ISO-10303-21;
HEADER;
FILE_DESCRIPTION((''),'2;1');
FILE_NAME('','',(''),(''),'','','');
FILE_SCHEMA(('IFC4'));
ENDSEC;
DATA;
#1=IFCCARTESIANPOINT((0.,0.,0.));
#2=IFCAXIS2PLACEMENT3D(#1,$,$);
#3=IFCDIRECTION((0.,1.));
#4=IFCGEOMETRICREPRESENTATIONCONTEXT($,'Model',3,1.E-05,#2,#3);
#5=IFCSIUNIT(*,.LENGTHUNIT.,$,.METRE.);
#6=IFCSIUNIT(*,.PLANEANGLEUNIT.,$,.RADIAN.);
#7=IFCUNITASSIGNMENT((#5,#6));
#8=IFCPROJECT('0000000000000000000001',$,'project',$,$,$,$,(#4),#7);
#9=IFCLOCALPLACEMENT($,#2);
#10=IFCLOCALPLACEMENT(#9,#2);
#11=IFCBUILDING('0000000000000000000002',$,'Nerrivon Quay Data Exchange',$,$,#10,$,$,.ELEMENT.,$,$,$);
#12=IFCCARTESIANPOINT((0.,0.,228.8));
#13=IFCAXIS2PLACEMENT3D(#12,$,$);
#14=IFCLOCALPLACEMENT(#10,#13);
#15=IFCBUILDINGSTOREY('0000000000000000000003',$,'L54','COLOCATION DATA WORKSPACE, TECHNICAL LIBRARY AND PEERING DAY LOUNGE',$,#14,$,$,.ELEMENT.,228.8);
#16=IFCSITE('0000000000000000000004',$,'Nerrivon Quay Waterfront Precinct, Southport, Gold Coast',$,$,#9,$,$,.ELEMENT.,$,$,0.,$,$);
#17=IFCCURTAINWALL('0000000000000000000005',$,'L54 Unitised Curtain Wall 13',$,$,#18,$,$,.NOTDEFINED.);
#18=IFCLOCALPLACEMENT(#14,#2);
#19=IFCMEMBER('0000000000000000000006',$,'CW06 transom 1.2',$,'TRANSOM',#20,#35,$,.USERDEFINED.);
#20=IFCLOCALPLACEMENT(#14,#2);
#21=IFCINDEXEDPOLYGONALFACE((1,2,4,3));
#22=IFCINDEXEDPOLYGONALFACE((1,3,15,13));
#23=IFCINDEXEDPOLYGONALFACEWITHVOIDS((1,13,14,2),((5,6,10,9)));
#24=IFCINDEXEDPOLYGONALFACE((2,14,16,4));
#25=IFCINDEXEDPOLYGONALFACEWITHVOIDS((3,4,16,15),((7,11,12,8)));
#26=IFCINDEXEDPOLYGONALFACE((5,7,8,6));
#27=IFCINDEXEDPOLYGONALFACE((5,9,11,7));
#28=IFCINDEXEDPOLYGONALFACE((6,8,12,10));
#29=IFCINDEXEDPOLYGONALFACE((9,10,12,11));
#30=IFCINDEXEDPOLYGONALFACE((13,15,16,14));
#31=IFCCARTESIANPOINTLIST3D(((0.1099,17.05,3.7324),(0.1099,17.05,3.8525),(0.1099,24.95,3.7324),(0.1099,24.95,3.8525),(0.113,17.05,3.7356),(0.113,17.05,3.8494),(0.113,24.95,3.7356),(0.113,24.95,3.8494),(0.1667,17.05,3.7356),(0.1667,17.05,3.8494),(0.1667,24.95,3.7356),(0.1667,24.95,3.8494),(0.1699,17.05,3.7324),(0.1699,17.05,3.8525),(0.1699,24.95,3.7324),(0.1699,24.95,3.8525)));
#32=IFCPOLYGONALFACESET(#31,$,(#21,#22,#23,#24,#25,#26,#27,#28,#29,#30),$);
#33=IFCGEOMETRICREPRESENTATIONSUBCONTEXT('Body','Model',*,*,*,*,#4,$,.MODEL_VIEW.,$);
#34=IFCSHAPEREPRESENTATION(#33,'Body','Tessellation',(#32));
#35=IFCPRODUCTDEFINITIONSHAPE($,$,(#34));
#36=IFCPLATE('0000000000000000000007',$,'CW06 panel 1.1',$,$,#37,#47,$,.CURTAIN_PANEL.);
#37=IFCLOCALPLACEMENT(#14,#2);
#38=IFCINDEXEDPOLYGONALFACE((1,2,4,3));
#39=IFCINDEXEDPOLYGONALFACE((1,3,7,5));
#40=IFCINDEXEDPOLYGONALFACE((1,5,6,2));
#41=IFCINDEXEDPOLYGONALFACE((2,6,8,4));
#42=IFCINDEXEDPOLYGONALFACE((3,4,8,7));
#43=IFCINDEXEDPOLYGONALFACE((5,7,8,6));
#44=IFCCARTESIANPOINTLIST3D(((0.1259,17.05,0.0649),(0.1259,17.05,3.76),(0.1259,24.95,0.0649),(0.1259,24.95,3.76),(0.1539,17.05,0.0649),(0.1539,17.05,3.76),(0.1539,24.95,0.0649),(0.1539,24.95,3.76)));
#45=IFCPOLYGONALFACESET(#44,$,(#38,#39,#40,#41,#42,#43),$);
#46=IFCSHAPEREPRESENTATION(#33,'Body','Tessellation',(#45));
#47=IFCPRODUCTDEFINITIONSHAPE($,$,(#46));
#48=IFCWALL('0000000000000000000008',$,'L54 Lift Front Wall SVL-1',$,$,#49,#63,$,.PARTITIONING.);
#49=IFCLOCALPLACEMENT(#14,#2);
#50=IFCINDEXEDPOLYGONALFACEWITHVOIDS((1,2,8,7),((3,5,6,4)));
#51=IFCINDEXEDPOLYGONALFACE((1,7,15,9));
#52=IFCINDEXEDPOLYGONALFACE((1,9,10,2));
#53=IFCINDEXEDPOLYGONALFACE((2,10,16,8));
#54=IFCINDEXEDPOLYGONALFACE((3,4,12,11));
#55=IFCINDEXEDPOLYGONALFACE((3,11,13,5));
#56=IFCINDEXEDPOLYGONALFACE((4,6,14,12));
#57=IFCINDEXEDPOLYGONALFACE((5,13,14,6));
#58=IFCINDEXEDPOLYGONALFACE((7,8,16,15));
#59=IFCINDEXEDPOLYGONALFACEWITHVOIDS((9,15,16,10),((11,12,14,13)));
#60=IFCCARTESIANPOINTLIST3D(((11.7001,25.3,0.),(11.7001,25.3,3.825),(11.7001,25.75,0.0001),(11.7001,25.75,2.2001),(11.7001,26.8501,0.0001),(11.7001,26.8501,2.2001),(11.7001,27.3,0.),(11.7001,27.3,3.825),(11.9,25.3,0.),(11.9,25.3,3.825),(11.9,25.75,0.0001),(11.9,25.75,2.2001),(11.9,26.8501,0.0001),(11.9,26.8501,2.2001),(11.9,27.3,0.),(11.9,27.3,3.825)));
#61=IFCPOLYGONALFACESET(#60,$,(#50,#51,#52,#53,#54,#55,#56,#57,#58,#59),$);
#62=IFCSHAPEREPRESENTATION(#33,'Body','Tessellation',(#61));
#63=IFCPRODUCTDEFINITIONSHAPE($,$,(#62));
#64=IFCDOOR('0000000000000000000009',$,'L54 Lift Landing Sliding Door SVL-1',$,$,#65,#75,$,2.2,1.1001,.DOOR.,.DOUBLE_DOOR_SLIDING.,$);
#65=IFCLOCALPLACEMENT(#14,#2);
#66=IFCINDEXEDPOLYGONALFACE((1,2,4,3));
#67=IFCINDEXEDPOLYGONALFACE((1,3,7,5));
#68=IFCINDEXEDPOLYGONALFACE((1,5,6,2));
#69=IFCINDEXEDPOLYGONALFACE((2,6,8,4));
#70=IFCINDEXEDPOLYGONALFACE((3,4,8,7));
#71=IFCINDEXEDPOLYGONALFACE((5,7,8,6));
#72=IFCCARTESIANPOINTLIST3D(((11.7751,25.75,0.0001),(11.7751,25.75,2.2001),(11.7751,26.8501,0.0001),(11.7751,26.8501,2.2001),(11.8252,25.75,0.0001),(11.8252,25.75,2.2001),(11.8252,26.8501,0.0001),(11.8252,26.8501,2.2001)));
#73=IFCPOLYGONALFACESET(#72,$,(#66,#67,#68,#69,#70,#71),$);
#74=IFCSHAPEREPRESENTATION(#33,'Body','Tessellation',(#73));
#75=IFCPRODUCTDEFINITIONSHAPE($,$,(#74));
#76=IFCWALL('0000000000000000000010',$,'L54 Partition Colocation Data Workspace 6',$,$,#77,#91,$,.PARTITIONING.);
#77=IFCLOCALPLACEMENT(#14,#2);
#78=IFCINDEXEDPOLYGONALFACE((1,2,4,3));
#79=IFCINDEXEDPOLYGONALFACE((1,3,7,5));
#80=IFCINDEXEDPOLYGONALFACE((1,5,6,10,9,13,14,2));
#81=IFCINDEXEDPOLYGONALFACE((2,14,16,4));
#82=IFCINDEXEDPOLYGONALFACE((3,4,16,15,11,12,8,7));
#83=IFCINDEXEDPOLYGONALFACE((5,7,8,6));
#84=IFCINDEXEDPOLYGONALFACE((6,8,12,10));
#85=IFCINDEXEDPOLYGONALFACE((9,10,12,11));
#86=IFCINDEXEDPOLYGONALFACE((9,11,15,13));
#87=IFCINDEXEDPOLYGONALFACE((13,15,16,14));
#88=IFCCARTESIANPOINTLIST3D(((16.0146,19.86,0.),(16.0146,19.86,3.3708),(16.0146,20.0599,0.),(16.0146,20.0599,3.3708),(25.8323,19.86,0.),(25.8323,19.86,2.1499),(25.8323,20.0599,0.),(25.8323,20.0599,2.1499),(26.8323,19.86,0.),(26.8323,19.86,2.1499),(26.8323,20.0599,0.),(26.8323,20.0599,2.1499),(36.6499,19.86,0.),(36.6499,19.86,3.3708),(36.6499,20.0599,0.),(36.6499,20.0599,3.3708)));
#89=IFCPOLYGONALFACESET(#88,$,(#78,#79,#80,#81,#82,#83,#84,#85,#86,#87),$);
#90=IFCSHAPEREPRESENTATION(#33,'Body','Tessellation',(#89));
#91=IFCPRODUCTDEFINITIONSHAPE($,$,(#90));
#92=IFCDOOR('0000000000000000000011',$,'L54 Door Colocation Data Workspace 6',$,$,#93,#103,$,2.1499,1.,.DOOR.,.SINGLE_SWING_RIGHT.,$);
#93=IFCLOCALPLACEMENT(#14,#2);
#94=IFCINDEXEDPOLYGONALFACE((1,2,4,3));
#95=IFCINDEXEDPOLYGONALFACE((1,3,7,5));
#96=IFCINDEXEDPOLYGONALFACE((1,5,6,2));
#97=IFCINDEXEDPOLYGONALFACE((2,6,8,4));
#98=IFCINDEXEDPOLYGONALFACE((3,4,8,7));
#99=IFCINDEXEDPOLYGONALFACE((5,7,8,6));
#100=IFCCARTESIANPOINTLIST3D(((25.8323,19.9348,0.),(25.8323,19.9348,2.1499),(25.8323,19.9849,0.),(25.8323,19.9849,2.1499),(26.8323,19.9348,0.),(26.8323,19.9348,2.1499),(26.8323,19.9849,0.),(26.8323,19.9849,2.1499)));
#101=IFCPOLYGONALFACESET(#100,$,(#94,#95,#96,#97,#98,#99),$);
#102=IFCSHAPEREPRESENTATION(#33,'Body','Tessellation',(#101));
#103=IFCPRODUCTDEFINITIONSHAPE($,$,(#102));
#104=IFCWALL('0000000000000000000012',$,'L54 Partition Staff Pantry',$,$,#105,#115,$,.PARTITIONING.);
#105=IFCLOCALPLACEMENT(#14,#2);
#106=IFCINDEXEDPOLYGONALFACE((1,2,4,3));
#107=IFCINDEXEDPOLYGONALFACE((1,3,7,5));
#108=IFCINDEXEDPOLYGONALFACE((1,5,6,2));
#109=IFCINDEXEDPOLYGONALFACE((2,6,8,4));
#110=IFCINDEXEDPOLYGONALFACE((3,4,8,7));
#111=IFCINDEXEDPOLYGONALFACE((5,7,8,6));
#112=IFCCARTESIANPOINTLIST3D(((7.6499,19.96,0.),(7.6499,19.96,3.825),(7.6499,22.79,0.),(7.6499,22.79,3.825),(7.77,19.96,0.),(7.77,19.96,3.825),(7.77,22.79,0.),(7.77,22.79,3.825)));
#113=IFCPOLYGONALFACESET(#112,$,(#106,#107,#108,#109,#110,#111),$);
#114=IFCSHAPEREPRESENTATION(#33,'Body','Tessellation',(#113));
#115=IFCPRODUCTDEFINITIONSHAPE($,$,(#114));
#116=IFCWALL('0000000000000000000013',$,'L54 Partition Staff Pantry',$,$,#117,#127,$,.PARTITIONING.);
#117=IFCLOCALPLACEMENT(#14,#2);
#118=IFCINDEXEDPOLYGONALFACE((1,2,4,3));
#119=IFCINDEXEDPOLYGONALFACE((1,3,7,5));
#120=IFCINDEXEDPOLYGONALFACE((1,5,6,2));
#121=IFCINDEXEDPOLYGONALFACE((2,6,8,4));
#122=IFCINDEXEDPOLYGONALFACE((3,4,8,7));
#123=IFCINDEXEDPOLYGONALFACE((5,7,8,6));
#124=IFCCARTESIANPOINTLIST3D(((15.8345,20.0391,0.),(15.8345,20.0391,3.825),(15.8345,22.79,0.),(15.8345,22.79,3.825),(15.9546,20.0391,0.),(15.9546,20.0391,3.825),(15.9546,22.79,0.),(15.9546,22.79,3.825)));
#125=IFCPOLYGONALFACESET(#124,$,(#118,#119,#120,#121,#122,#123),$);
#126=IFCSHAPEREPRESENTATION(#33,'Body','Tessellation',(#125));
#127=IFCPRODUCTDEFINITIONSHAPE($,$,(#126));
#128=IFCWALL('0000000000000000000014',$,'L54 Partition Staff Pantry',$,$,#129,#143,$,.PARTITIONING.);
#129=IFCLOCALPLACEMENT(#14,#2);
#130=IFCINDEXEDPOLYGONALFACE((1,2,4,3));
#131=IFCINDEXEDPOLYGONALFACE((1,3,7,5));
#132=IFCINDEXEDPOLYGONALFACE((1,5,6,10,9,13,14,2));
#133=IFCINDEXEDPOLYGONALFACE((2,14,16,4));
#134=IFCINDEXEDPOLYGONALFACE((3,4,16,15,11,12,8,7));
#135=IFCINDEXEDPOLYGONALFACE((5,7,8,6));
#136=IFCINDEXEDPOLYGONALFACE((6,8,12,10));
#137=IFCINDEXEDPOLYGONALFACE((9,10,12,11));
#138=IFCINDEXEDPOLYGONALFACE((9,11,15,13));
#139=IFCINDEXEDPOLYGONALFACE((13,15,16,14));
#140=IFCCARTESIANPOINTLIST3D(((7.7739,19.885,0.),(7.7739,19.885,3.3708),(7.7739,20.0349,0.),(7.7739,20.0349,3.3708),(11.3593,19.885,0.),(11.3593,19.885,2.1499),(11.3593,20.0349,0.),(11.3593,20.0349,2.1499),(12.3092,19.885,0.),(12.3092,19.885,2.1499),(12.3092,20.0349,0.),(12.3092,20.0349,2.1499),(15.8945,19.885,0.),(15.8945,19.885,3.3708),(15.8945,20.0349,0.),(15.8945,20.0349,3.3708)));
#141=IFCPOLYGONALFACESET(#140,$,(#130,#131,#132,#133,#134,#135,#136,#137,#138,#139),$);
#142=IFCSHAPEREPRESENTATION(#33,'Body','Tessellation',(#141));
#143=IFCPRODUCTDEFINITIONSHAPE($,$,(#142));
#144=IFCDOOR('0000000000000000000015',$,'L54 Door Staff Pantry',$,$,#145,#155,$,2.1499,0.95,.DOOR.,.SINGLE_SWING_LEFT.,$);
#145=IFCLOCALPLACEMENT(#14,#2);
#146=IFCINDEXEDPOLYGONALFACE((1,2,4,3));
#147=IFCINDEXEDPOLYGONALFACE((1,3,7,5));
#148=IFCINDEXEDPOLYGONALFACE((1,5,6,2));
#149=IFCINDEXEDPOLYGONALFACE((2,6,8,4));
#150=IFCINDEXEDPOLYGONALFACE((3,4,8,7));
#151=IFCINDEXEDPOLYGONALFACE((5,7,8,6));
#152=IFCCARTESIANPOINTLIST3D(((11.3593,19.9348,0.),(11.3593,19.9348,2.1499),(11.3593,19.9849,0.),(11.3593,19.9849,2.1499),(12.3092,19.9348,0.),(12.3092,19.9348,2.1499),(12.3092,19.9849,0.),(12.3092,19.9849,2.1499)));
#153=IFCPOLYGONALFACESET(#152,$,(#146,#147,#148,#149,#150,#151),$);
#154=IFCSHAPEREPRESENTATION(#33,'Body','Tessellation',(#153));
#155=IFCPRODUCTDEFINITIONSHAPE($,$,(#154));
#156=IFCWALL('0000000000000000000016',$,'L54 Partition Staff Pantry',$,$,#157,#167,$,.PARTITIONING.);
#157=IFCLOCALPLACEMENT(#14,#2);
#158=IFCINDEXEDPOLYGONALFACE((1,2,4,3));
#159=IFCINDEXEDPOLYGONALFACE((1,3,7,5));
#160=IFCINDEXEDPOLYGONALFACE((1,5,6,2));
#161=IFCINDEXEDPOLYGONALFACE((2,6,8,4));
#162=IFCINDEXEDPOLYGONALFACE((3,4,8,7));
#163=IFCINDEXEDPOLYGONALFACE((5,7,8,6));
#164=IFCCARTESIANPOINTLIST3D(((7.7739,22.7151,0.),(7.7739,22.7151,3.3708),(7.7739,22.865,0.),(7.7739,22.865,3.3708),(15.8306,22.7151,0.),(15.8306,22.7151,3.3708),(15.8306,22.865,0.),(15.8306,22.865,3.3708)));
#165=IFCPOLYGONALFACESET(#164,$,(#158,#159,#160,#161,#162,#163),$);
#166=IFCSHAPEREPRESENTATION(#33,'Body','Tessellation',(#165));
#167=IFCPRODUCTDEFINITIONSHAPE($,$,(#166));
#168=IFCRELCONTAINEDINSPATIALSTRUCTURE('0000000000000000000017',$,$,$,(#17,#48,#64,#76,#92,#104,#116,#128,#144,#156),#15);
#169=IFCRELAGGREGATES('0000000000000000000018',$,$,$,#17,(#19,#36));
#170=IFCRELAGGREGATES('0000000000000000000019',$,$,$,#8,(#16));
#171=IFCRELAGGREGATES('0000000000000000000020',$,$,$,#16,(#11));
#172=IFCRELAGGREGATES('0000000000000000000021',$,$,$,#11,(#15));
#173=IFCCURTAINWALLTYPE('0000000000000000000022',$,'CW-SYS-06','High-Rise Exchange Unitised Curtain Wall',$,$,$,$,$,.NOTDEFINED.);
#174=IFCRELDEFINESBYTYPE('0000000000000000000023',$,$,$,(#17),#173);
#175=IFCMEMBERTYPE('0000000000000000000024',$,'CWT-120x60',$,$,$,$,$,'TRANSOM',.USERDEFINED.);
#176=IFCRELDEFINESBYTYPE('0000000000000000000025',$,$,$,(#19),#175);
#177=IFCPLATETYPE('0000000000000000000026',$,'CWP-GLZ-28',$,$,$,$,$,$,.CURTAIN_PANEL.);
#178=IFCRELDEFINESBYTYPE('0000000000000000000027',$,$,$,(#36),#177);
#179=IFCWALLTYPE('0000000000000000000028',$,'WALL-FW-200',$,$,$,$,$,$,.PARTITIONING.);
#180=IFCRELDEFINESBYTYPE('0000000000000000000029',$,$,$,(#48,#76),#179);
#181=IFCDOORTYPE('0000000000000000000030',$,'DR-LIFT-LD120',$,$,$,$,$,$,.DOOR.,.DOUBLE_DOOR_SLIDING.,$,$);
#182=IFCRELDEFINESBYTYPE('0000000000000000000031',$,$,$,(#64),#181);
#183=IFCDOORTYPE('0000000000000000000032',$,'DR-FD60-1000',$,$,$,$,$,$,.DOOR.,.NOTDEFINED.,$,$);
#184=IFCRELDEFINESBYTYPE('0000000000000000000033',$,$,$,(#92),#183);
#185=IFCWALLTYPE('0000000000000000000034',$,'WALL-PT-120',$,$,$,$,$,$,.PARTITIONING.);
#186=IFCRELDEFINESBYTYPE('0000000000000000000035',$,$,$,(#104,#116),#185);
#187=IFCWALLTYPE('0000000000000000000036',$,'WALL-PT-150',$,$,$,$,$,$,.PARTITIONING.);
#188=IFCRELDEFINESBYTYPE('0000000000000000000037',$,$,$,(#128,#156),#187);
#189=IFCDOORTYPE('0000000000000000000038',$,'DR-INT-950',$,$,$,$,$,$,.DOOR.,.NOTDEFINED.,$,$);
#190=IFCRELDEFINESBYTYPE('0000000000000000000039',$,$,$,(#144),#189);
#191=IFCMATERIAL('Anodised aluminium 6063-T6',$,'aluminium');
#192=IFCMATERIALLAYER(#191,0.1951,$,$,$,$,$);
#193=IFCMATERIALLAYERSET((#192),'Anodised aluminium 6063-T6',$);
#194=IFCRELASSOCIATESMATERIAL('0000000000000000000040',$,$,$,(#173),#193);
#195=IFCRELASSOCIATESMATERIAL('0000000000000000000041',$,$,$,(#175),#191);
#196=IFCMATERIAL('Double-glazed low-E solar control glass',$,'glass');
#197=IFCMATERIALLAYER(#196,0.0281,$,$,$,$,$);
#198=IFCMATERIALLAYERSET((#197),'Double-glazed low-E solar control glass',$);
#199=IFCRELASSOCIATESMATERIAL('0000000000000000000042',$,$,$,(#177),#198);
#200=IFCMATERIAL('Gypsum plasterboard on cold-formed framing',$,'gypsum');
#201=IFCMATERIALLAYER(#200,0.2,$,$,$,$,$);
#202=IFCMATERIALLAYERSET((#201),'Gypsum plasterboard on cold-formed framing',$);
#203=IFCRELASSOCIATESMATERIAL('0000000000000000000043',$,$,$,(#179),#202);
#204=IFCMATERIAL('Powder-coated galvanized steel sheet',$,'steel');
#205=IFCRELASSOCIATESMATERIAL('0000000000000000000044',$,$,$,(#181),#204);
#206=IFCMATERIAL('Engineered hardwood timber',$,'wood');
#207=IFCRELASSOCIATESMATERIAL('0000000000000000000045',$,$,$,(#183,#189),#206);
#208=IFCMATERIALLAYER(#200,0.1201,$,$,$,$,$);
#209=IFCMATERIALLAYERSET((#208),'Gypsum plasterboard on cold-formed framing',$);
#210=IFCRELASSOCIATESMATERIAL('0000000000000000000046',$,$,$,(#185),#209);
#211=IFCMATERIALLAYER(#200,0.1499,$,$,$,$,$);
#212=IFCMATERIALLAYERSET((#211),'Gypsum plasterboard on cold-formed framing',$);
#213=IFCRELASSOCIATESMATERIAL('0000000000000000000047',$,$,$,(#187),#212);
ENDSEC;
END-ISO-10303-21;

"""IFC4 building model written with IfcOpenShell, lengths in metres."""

from ifc_helpers import new_model, si_unit, direction, frame, frame_2d, origin, origin_2d, place, context, subcontext, project, spatial, rectangle, hollow_rectangle, extrude, material, layer, layer_set, material_profile, profile_set, type_object, element, fill, aggregate, save


model = new_model("IFC4")

# Units and contexts
model_context = context("Model", 3, precision=1e-05, world=origin(), true_north=direction((0.0, 1.0)))
body_context = subcontext(model_context, "Body", "Model", "MODEL_VIEW")
ifc_project = project(units=[si_unit("LENGTHUNIT", "METRE"), si_unit("PLANEANGLEUNIT", "RADIAN")], contexts=[model_context])

# Site, building, storey
site_placement = place(None, origin())
site = spatial("IfcSite", under=ifc_project, at=site_placement, Name="Nerrivon Quay Waterfront Precinct, Southport, Gold Coast", CompositionType="ELEMENT", RefElevation=0.0)
building_placement = place(site_placement, origin())
building = spatial("IfcBuilding", under=site, at=building_placement, Name="Nerrivon Quay Data Exchange", CompositionType="ELEMENT")
storey_placement = place(building_placement, frame((0.0, 0.0, 228.8)))
storey = spatial("IfcBuildingStorey", under=building, at=storey_placement, Name="L54", Description="COLOCATION DATA WORKSPACE, TECHNICAL LIBRARY AND PEERING DAY LOUNGE", CompositionType="ELEMENT", Elevation=228.8)

# Curtain wall, member, plate
ifc_material_1 = material(Name="Anodised aluminium 6063-T6", Category="aluminium")
ifc_layer_1 = layer(ifc_material_1, 0.1951)
ifc_layer_set_1 = layer_set([ifc_layer_1], Name="Anodised aluminium 6063-T6")
curtain_wall_type = type_object("IfcCurtainWallType", Name="CW-SYS-06", Description="High-Rise Exchange Unitised Curtain Wall", PredefinedType="NOTDEFINED", material=ifc_layer_set_1)
curtain_wall_placement = place(storey_placement, origin())
curtain_wall = element("IfcCurtainWall", 1, at=curtain_wall_placement, inside=storey, type_object=curtain_wall_type, Name="L54 Unitised Curtain Wall 13", PredefinedType="NOTDEFINED")
ifc_material_profile_1 = material_profile(ifc_material_1, hollow_rectangle(XDim=0.0601, YDim=0.1201, WallThickness=0.0032, at=origin_2d()), Name="ALU-TRAN-120x60")
ifc_profile_set_1 = profile_set([ifc_material_profile_1], Name="Anodised aluminium 6063-T6")
member_type_1 = type_object("IfcMemberType", Name="CWT-120x60", ElementType="TRANSOM", PredefinedType="USERDEFINED", material=ifc_profile_set_1)
member_1_placement = place(storey_placement, frame((0.1399, 17.05, 3.7925), z_axis=(0.0, 1.0, 0.0), x_axis=(-1.0, 0.0, 0.0)))
member_1 = element("IfcMember", 2, at=member_1_placement, type_object=member_type_1, Name="CW06 transom 1.2", ObjectType="TRANSOM", PredefinedType="USERDEFINED", context=body_context, shape_type="SweptSolid", body=[
    extrude(hollow_rectangle(XDim=0.0601, YDim=0.1201, WallThickness=0.0032, at=origin_2d()), origin(), (0.0, 0.0, 1.0), 7.8999),
])
ifc_material_2 = material(Name="Double-glazed low-E solar control glass", Category="glass")
ifc_layer_2 = layer(ifc_material_2, 0.0281)
ifc_layer_set_2 = layer_set([ifc_layer_2], Name="Double-glazed low-E solar control glass")
plate_type = type_object("IfcPlateType", Name="CWP-GLZ-28", PredefinedType="CURTAIN_PANEL", material=ifc_layer_set_2)
plate_placement = place(storey_placement, frame((0.1399, 21.0, 0.0649), z_axis=(0.0, 0.0, 1.0), x_axis=(0.0, 1.0, 0.0)))
plate = element("IfcPlate", 3, at=plate_placement, type_object=plate_type, Name="CW06 panel 1.1", PredefinedType="CURTAIN_PANEL", context=body_context, shape_type="SweptSolid", body=[
    extrude(rectangle(XDim=7.8999, YDim=0.0281, at=origin_2d()), origin(), (0.0, 0.0, 1.0), 3.6951),
])
aggregate(curtain_wall, [member_1, plate])

# Walls, openings, doors
ifc_material_3 = material(Name="Powder-coated galvanized steel sheet", Category="steel")
ifc_material_4 = material(Name="Gypsum plasterboard on cold-formed framing", Category="gypsum")
ifc_layer_3 = layer(ifc_material_4, 0.2)
ifc_layer_set_3 = layer_set([ifc_layer_3], Name="Gypsum plasterboard on cold-formed framing")
wall_type_1 = type_object("IfcWallType", Name="WALL-FW-200", PredefinedType="PARTITIONING", material=ifc_layer_set_3)
wall_1_placement = place(storey_placement, frame((11.8, 25.3, 0.0), z_axis=(0.0, 0.0, 1.0), x_axis=(0.0, 1.0, 0.0)))
wall_1 = element("IfcWall", 4, at=wall_1_placement, inside=storey, type_object=wall_type_1, Name="L54 Lift Front Wall SVL-1", PredefinedType="PARTITIONING", context=body_context, shape_type="SweptSolid", body=[
    extrude(rectangle(XDim=2.0, YDim=0.2, at=frame_2d((1.0, 0.0))), origin(), (0.0, 0.0, 1.0), 3.825),
])
opening_1_placement = place(wall_1_placement, frame((0.45, 0.0, 0.0)))
opening_1 = element("IfcOpeningElement", 5, at=opening_1_placement, cuts=wall_1, PredefinedType="OPENING", context=body_context, shape_type="SweptSolid", body=[
    extrude(rectangle(XDim=1.1001, YDim=2.2, at=frame_2d((0.55, 1.1001))), frame((0.0, 0.1099, 0.0), z_axis=(0.0, -1.0, 0.0), x_axis=(1.0, 0.0, 0.0)), (0.0, 0.0, 1.0), 0.22),
])
door_type_1 = type_object("IfcDoorType", Name="DR-LIFT-LD120", OperationType="DOUBLE_DOOR_SLIDING", PredefinedType="DOOR", material=ifc_material_3)
door_1_placement = place(opening_1_placement, origin())
door_1 = element("IfcDoor", 6, at=door_1_placement, inside=storey, type_object=door_type_1, Name="L54 Lift Landing Sliding Door SVL-1", OperationType="DOUBLE_DOOR_SLIDING", OverallHeight=2.2, OverallWidth=1.1001, PredefinedType="DOOR", context=body_context, shape_type="SweptSolid", body=[
    extrude(rectangle(XDim=1.1001, YDim=2.2, at=frame_2d((0.55, 1.1001))), frame((0.0, 0.0249, 0.0), z_axis=(0.0, -1.0, 0.0), x_axis=(1.0, 0.0, 0.0)), (0.0, 0.0, 1.0), 0.05),
])
fill(opening_1, door_1)
wall_2_placement = place(storey_placement, frame((16.0146, 19.96, 0.0), z_axis=(0.0, 0.0, 1.0), x_axis=(1.0, 0.0, 0.0)))
wall_2 = element("IfcWall", 7, at=wall_2_placement, inside=storey, type_object=wall_type_1, Name="L54 Partition Colocation Data Workspace 6", PredefinedType="PARTITIONING", context=body_context, shape_type="SweptSolid", body=[
    extrude(rectangle(XDim=20.6353, YDim=0.2, at=frame_2d((10.3176, 0.0))), origin(), (0.0, 0.0, 1.0), 3.3708),
])
opening_2_placement = place(wall_2_placement, frame((9.8176, 0.0, 0.0)))
opening_2 = element("IfcOpeningElement", 8, at=opening_2_placement, cuts=wall_2, PredefinedType="OPENING", context=body_context, shape_type="SweptSolid", body=[
    extrude(rectangle(XDim=1.0, YDim=2.1499, at=frame_2d((0.5, 1.075))), frame((0.0, 0.1099, 0.0), z_axis=(0.0, -1.0, 0.0), x_axis=(1.0, 0.0, 0.0)), (0.0, 0.0, 1.0), 0.22),
])
ifc_material_5 = material(Name="Engineered hardwood timber", Category="wood")
door_type_2 = type_object("IfcDoorType", Name="DR-FD60-1000", OperationType="NOTDEFINED", PredefinedType="DOOR", material=ifc_material_5)
door_2_placement = place(opening_2_placement, origin())
door_2 = element("IfcDoor", 9, at=door_2_placement, inside=storey, type_object=door_type_2, Name="L54 Door Colocation Data Workspace 6", OperationType="SINGLE_SWING_RIGHT", OverallHeight=2.1499, OverallWidth=1.0, PredefinedType="DOOR", context=body_context, shape_type="SweptSolid", body=[
    extrude(rectangle(XDim=1.0, YDim=2.1499, at=frame_2d((0.5, 1.075))), frame((0.0, 0.0249, 0.0), z_axis=(0.0, -1.0, 0.0), x_axis=(1.0, 0.0, 0.0)), (0.0, 0.0, 1.0), 0.05),
])
fill(opening_2, door_2)

# Walls
ifc_layer_4 = layer(ifc_material_4, 0.1201)
ifc_layer_set_4 = layer_set([ifc_layer_4], Name="Gypsum plasterboard on cold-formed framing")
wall_type_2 = type_object("IfcWallType", Name="WALL-PT-120", PredefinedType="PARTITIONING", material=ifc_layer_set_4)
wall_3_placement = place(storey_placement, frame((7.71, 22.79, 0.0), z_axis=(0.0, 0.0, 1.0), x_axis=(0.0, -1.0, 0.0)))
element("IfcWall", 10, at=wall_3_placement, inside=storey, type_object=wall_type_2, Name="L54 Partition Staff Pantry", PredefinedType="PARTITIONING", context=body_context, shape_type="SweptSolid", body=[
    extrude(rectangle(XDim=2.8301, YDim=0.1201, at=frame_2d((1.415, 0.0))), origin(), (0.0, 0.0, 1.0), 3.825),
])
wall_4_placement = place(storey_placement, frame((15.8945, 20.0391, 0.0), z_axis=(0.0, 0.0, 1.0), x_axis=(0.0, 1.0, 0.0)))
element("IfcWall", 11, at=wall_4_placement, inside=storey, type_object=wall_type_2, Name="L54 Partition Staff Pantry", PredefinedType="PARTITIONING", context=body_context, shape_type="SweptSolid", body=[
    extrude(rectangle(XDim=2.751, YDim=0.1201, at=frame_2d((1.3755, 0.0))), origin(), (0.0, 0.0, 1.0), 3.825),
])

# Wall, opening, door
ifc_layer_5 = layer(ifc_material_4, 0.1499)
ifc_layer_set_5 = layer_set([ifc_layer_5], Name="Gypsum plasterboard on cold-formed framing")
wall_type_3 = type_object("IfcWallType", Name="WALL-PT-150", PredefinedType="PARTITIONING", material=ifc_layer_set_5)
wall_5_placement = place(storey_placement, frame((7.7739, 19.96, 0.0), z_axis=(0.0, 0.0, 1.0), x_axis=(1.0, 0.0, 0.0)))
wall_5 = element("IfcWall", 12, at=wall_5_placement, inside=storey, type_object=wall_type_3, Name="L54 Partition Staff Pantry", PredefinedType="PARTITIONING", context=body_context, shape_type="SweptSolid", body=[
    extrude(rectangle(XDim=8.1206, YDim=0.1499, at=frame_2d((4.0603, 0.0))), origin(), (0.0, 0.0, 1.0), 3.3708),
])
opening_3_placement = place(wall_5_placement, frame((3.5852, 0.0, 0.0)))
opening_3 = element("IfcOpeningElement", 13, at=opening_3_placement, cuts=wall_5, PredefinedType="OPENING", context=body_context, shape_type="SweptSolid", body=[
    extrude(rectangle(XDim=0.95, YDim=2.1499, at=frame_2d((0.4751, 1.075))), frame((0.0, 0.085, 0.0), z_axis=(0.0, -1.0, 0.0), x_axis=(1.0, 0.0, 0.0)), (0.0, 0.0, 1.0), 0.1699),
])
door_type_3 = type_object("IfcDoorType", Name="DR-INT-950", OperationType="NOTDEFINED", PredefinedType="DOOR", material=ifc_material_5)
door_3_placement = place(opening_3_placement, origin())
door_3 = element("IfcDoor", 14, at=door_3_placement, inside=storey, type_object=door_type_3, Name="L54 Door Staff Pantry", OperationType="SINGLE_SWING_LEFT", OverallHeight=2.1499, OverallWidth=0.95, PredefinedType="DOOR", context=body_context, shape_type="SweptSolid", body=[
    extrude(rectangle(XDim=0.95, YDim=2.1499, at=frame_2d((0.4751, 1.075))), frame((0.0, 0.0249, 0.0), z_axis=(0.0, -1.0, 0.0), x_axis=(1.0, 0.0, 0.0)), (0.0, 0.0, 1.0), 0.05),
])
fill(opening_3, door_3)

# Wall
wall_6_placement = place(storey_placement, frame((15.8306, 22.79, 0.0), z_axis=(0.0, 0.0, 1.0), x_axis=(-1.0, 0.0, 0.0)))
element("IfcWall", 15, at=wall_6_placement, inside=storey, type_object=wall_type_3, Name="L54 Partition Staff Pantry", PredefinedType="PARTITIONING", context=body_context, shape_type="SweptSolid", body=[
    extrude(rectangle(XDim=8.0566, YDim=0.1499, at=frame_2d((4.0283, 0.0))), origin(), (0.0, 0.0, 1.0), 3.3708),
])

save(model, "model.ifc")
